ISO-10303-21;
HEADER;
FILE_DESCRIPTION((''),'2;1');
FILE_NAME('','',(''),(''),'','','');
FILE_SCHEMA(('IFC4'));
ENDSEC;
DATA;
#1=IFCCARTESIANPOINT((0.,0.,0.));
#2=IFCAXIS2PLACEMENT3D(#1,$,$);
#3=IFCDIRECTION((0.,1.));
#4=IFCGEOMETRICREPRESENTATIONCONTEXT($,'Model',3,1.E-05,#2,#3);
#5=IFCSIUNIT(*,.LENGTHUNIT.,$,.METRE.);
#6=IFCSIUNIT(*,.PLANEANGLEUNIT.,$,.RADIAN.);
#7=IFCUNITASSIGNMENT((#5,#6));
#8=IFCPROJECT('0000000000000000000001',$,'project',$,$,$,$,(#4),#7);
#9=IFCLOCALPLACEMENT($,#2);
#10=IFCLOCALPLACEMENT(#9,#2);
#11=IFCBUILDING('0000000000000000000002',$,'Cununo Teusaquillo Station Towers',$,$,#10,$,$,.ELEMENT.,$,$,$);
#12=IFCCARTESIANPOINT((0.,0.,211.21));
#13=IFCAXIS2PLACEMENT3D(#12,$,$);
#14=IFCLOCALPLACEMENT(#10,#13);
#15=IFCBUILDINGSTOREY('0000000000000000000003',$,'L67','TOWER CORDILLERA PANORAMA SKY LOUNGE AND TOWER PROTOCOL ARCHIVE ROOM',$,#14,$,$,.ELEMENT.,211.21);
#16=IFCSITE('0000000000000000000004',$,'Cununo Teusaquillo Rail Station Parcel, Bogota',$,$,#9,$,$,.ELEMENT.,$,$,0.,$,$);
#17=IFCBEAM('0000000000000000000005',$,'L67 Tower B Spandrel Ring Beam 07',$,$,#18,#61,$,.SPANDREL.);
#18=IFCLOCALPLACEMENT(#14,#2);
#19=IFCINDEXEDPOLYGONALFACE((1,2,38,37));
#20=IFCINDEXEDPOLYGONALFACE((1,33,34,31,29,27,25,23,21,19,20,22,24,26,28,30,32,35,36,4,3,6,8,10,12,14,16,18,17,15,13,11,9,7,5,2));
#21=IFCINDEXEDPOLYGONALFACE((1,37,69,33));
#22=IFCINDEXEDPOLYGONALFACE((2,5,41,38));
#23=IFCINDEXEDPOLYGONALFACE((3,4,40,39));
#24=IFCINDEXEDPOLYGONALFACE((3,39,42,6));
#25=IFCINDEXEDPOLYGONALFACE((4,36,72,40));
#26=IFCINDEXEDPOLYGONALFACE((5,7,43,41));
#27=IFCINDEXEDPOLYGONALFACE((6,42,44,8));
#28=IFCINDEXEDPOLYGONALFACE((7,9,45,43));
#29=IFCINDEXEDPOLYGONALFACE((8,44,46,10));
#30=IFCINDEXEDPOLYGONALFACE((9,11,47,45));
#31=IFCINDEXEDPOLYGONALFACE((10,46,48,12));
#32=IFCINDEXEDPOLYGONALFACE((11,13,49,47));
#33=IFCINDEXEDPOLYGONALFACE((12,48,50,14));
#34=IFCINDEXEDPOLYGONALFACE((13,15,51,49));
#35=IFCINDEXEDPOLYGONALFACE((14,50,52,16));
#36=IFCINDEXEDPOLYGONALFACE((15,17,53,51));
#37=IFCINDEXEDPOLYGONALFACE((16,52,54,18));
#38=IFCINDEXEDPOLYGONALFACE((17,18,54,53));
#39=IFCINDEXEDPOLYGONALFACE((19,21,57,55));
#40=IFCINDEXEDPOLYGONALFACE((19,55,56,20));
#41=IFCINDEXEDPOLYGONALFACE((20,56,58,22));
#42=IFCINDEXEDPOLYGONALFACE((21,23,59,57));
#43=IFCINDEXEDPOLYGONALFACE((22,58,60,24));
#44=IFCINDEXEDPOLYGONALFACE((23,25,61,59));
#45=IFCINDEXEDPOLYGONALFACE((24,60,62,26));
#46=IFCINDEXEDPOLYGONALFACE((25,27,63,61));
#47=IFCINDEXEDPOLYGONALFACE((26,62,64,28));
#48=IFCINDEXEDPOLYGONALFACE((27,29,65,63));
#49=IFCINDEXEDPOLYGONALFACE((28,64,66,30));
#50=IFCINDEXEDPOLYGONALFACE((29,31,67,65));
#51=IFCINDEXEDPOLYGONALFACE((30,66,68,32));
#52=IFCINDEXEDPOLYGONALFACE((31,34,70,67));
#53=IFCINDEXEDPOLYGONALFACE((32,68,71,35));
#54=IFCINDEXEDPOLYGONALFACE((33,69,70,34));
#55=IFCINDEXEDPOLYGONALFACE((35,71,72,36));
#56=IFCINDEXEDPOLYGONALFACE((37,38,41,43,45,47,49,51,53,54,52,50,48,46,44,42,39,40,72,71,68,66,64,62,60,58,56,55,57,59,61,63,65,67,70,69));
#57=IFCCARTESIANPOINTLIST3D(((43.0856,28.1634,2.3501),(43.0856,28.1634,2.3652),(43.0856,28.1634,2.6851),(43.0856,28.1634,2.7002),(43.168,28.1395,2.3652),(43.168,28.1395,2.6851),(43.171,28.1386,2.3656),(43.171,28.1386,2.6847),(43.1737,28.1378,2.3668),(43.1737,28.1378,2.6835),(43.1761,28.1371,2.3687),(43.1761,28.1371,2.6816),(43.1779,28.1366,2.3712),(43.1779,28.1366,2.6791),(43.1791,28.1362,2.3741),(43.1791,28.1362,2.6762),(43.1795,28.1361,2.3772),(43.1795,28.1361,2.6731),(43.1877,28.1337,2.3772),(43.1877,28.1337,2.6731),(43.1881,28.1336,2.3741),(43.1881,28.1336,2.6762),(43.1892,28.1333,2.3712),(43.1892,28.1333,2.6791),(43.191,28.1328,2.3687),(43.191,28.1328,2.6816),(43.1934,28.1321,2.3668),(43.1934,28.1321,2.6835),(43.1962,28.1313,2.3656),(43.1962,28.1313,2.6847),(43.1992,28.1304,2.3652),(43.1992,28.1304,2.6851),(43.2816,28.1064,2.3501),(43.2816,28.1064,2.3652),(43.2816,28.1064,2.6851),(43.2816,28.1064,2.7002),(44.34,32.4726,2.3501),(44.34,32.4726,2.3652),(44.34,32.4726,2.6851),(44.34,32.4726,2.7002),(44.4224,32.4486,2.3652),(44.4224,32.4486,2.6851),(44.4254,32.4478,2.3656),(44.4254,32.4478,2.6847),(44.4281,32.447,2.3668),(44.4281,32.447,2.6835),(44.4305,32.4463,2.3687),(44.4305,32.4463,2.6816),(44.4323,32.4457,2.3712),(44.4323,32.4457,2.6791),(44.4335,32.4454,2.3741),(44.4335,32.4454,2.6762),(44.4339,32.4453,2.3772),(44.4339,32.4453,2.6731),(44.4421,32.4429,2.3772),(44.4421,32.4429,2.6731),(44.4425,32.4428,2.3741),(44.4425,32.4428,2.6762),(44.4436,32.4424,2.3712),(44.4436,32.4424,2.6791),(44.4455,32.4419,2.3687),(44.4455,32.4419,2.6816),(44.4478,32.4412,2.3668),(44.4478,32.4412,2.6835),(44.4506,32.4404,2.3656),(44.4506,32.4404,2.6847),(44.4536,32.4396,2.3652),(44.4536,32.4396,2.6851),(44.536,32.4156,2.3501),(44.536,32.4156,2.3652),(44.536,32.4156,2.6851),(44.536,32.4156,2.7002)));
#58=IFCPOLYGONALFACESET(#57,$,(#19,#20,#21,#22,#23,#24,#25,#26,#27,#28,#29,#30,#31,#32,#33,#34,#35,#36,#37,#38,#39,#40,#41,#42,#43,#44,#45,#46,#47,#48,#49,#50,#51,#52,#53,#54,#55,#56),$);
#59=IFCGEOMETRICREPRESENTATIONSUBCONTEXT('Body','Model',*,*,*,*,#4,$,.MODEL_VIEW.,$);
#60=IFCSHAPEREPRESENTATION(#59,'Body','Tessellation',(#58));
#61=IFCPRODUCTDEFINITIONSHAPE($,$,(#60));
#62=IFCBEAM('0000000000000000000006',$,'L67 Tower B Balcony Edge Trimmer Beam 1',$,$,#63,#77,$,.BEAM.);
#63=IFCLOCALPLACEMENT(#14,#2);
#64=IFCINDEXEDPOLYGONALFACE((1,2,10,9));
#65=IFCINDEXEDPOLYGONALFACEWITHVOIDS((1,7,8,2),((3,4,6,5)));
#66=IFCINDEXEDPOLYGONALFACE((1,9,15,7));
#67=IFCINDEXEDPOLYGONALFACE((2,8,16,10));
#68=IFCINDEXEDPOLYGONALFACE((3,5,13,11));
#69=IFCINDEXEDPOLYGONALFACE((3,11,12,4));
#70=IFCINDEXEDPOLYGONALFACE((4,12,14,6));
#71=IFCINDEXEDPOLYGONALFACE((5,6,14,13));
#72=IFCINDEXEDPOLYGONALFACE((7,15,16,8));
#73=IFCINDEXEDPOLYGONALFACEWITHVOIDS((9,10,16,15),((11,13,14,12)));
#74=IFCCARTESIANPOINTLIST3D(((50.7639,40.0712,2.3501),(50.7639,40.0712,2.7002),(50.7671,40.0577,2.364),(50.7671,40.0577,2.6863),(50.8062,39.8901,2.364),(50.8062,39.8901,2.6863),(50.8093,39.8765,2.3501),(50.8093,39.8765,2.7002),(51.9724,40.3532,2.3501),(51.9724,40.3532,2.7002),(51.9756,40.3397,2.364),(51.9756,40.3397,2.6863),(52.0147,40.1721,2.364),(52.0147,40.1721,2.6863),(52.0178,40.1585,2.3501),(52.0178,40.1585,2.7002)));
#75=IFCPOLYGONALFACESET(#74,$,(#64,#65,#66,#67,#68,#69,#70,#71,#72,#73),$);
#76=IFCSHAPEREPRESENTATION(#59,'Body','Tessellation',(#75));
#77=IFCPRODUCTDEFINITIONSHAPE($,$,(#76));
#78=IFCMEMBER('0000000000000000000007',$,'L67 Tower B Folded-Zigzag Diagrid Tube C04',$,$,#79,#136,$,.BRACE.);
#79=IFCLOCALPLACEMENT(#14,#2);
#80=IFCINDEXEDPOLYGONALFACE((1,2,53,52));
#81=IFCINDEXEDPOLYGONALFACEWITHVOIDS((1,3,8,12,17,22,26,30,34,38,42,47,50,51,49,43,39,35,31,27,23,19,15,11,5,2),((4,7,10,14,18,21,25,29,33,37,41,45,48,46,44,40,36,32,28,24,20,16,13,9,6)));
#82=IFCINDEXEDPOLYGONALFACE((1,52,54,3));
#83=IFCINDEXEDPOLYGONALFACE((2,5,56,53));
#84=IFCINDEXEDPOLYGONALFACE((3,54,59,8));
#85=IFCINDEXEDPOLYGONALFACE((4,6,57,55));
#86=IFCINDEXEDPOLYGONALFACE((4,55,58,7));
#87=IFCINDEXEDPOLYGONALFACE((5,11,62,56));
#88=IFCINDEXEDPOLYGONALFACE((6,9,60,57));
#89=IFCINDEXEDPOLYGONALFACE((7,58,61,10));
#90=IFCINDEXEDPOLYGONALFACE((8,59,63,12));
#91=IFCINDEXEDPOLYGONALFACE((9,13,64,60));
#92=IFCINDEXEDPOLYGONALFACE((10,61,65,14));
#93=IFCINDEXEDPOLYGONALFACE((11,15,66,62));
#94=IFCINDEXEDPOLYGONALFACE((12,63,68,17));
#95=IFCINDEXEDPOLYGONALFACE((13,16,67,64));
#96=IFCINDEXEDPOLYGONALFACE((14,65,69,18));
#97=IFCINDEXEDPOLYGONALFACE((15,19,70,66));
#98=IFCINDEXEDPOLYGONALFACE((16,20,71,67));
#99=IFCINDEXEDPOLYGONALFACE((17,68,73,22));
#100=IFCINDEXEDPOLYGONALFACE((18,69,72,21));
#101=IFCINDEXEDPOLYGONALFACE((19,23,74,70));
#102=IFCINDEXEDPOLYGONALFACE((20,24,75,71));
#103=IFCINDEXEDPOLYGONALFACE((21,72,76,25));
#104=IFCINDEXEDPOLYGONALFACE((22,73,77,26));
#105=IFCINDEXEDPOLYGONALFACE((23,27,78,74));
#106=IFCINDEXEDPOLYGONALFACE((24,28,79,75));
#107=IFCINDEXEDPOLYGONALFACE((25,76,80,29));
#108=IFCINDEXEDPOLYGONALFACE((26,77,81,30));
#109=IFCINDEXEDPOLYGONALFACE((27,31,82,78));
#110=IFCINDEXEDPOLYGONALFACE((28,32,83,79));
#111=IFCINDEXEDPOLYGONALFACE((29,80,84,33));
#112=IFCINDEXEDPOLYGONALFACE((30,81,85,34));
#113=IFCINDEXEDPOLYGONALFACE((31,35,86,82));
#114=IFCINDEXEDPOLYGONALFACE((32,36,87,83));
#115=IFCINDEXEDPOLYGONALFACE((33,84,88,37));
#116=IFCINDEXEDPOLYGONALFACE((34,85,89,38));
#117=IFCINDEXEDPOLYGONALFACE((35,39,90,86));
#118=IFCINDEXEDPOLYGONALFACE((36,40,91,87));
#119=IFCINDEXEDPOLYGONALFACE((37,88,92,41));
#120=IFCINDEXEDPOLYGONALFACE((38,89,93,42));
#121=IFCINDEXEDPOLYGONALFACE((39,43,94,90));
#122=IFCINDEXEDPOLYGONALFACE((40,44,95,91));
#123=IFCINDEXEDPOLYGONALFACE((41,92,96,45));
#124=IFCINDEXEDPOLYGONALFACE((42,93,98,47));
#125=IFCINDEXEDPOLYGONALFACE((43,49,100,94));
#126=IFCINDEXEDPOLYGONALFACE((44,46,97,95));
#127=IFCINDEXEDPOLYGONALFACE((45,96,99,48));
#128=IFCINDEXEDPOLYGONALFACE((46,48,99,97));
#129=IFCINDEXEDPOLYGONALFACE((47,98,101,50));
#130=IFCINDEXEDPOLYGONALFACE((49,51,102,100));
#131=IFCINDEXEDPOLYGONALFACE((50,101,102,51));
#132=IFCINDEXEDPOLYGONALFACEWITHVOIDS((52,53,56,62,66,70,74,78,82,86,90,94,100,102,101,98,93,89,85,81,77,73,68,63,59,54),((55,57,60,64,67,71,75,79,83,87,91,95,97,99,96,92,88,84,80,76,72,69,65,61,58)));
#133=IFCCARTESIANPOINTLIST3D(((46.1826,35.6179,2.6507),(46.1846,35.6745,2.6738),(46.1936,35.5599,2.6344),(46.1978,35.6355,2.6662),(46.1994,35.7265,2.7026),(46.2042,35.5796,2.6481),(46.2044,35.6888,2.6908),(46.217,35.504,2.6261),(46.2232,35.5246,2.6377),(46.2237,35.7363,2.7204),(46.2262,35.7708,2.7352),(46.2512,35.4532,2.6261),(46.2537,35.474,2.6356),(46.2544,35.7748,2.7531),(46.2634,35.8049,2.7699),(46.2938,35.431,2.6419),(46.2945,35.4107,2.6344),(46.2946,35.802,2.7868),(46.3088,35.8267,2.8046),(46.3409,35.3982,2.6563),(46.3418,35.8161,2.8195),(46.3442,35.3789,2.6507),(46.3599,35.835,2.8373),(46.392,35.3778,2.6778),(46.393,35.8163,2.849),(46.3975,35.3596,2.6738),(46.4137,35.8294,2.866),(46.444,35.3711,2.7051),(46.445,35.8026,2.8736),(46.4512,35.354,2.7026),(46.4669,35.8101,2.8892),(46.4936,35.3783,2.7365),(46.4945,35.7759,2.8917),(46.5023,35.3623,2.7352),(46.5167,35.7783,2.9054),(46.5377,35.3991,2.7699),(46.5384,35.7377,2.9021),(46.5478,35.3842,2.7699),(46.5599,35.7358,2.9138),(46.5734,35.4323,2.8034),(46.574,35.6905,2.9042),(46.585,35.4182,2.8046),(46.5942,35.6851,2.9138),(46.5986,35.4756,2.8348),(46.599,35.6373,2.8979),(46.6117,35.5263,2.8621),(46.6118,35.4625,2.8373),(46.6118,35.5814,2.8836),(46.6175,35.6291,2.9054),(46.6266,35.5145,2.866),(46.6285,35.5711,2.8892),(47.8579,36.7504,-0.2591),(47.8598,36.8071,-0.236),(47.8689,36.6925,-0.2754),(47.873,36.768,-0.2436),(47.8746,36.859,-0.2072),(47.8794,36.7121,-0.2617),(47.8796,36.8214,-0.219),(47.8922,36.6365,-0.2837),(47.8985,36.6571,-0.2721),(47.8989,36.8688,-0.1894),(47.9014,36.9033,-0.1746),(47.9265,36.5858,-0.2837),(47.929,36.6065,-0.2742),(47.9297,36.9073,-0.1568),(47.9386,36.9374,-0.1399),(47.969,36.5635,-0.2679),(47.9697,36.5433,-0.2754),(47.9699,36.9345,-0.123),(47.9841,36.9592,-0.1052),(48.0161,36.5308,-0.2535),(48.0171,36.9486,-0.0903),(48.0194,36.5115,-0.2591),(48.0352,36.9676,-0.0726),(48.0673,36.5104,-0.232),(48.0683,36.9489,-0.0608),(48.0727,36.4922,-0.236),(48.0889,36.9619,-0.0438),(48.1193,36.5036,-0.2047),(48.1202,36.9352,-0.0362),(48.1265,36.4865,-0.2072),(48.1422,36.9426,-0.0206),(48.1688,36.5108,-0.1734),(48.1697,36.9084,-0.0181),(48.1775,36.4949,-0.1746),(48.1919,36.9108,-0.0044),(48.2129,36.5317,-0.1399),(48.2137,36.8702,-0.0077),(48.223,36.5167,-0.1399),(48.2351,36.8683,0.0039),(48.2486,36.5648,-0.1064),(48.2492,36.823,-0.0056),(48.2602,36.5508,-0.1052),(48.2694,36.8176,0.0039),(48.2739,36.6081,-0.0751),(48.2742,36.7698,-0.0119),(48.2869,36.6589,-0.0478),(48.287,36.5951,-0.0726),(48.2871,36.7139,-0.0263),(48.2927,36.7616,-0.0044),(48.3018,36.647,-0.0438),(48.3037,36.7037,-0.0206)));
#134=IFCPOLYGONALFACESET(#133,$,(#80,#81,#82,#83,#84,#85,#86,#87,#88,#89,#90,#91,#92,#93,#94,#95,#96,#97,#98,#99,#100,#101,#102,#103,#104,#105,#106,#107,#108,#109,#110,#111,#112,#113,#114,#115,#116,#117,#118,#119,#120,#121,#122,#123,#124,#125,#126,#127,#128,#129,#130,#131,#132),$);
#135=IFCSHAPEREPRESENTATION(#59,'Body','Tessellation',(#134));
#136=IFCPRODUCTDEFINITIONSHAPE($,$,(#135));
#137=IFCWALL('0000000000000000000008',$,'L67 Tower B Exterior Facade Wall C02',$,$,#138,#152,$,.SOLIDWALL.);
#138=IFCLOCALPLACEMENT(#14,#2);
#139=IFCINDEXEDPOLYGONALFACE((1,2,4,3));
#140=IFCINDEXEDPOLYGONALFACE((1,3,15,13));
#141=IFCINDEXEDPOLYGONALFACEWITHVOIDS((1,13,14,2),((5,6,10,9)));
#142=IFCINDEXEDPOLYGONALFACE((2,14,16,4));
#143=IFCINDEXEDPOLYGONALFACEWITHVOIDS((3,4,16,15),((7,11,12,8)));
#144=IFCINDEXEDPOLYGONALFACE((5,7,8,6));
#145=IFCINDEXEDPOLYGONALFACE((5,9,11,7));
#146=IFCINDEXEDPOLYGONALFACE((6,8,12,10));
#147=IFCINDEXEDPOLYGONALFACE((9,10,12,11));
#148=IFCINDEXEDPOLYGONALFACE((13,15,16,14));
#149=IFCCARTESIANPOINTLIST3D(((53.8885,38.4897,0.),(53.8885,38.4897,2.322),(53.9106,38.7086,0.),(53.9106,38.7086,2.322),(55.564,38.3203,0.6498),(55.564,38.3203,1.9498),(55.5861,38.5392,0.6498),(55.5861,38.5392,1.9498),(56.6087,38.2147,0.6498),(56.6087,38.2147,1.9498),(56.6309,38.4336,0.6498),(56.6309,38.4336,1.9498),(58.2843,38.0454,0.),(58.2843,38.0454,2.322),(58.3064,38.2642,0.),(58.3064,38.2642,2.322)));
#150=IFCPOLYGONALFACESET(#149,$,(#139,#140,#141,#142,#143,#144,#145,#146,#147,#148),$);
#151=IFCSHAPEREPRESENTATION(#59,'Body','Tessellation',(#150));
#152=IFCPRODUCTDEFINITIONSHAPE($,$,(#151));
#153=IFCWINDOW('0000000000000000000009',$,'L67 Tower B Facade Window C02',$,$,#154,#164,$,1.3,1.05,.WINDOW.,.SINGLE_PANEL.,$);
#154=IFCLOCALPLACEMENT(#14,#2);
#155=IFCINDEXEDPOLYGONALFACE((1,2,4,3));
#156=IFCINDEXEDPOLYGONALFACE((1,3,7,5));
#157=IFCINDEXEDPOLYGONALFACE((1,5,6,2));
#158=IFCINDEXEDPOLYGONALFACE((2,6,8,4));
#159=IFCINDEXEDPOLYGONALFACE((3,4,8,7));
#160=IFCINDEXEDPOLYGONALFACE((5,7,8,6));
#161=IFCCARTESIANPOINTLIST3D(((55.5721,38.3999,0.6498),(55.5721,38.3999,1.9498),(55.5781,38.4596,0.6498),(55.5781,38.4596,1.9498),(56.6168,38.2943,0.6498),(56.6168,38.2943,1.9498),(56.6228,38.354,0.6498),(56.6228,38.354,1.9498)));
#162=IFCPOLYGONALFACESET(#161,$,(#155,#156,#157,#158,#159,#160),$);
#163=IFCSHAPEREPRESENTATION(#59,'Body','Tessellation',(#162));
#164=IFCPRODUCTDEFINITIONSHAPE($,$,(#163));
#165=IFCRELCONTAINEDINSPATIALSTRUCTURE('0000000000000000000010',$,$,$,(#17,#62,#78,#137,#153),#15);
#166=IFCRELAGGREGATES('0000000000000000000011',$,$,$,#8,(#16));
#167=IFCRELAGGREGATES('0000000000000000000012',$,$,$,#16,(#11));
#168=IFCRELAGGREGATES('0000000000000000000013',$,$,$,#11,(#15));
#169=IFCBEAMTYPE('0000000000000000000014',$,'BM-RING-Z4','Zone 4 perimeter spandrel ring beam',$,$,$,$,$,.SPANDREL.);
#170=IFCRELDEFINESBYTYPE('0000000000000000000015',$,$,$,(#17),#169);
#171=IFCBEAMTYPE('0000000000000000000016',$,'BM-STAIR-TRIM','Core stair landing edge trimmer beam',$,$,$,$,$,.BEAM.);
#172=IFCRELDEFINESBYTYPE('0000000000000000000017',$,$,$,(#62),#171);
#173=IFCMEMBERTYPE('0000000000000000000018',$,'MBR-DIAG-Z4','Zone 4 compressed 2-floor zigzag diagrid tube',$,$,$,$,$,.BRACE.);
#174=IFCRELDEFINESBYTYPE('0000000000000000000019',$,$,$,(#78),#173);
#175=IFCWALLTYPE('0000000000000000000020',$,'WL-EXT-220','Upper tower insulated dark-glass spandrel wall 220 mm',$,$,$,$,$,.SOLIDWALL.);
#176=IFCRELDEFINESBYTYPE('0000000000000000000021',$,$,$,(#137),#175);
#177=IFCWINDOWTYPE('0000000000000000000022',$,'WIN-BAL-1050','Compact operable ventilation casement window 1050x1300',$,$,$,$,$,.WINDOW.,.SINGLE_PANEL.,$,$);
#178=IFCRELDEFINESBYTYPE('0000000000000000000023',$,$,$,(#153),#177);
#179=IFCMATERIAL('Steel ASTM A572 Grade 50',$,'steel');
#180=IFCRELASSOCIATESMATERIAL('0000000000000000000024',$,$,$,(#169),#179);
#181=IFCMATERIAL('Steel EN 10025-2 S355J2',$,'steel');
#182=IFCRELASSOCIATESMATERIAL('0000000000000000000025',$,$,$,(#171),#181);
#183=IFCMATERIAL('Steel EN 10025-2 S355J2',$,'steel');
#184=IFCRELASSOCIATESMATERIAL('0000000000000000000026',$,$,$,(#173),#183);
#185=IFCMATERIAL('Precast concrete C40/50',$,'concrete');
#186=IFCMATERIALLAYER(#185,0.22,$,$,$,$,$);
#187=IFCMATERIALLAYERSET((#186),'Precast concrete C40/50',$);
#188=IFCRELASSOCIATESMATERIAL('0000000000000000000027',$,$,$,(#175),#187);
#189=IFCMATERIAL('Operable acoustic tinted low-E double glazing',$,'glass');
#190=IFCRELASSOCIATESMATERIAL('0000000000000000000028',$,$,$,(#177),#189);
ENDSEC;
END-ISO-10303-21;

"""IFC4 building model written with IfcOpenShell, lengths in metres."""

from ifc_helpers import new_model, si_unit, direction, frame, frame_2d, origin, origin_2d, place, context, subcontext, project, spatial, rectangle, hollow_rectangle, hollow_circle, i_section, extrude, source, transform, mapped, material, layer, layer_set, material_profile, profile_set, type_object, element, fill, save


model = new_model("IFC4")

# Units and contexts
model_context = context("Model", 3, precision=1e-05, world=origin(), true_north=direction((0.0, 1.0)))
body_context = subcontext(model_context, "Body", "Model", "MODEL_VIEW")
ifc_project = project(units=[si_unit("LENGTHUNIT", "METRE"), si_unit("PLANEANGLEUNIT", "RADIAN")], contexts=[model_context])

# Site, building, storey
site_placement = place(None, origin())
site = spatial("IfcSite", under=ifc_project, at=site_placement, Name="Cununo Teusaquillo Rail Station Parcel, Bogota", CompositionType="ELEMENT", RefElevation=0.0)
building_placement = place(site_placement, origin())
building = spatial("IfcBuilding", under=site, at=building_placement, Name="Cununo Teusaquillo Station Towers", CompositionType="ELEMENT")
storey_placement = place(building_placement, frame((0.0, 0.0, 211.21)))
storey = spatial("IfcBuildingStorey", under=building, at=storey_placement, Name="L67", Description="TOWER CORDILLERA PANORAMA SKY LOUNGE AND TOWER PROTOCOL ARCHIVE ROOM", CompositionType="ELEMENT", Elevation=211.21)

# Beams
ifc_material_1 = material(Name="Steel ASTM A572 Grade 50", Category="steel")
ifc_material_profile_1 = material_profile(ifc_material_1, i_section(OverallWidth=0.2041, OverallDepth=0.3501, WebThickness=0.0085, FlangeThickness=0.0151, FilletRadius=0.012, at=origin_2d()), Name="W14X48")
ifc_profile_set_1 = profile_set([ifc_material_profile_1], Name="Steel ASTM A572 Grade 50")
beam_type_1 = type_object("IfcBeamType", Name="BM-RING-Z4", Description="Zone 4 perimeter spandrel ring beam", PredefinedType="SPANDREL", material=ifc_profile_set_1)
beam_1_placement = place(storey_placement, frame((44.438, 32.4441, 2.5251), z_axis=(-0.279503, -0.960145, 0.0), x_axis=(0.960145, -0.279503, 0.0)))
element("IfcBeam", 1, at=beam_1_placement, inside=storey, type_object=beam_type_1, Name="L67 Tower B Spandrel Ring Beam 07", PredefinedType="SPANDREL", context=body_context, shape_type="SweptSolid", body=[
    extrude(i_section(OverallWidth=0.2041, OverallDepth=0.3501, WebThickness=0.0085, FlangeThickness=0.0151, FilletRadius=0.012, at=origin_2d()), origin(), (0.0, 0.0, 1.0), 4.488),
])
ifc_material_2 = material(Name="Steel EN 10025-2 S355J2", Category="steel")
ifc_material_profile_2 = material_profile(ifc_material_2, hollow_rectangle(XDim=0.2, YDim=0.3501, WallThickness=0.0139, at=origin_2d()), Name="RHS 350x200x14")
ifc_profile_set_2 = profile_set([ifc_material_profile_2], Name="Steel EN 10025-2 S355J2")
beam_type_2 = type_object("IfcBeamType", Name="BM-STAIR-TRIM", Description="Core stair landing edge trimmer beam", PredefinedType="BEAM", material=ifc_profile_set_2)
beam_2_placement = place(storey_placement, frame((51.9951, 40.2559, 2.5251), z_axis=(-0.973841, -0.22723, 0.0), x_axis=(0.22723, -0.973841, 0.0)))
element("IfcBeam", 2, at=beam_2_placement, inside=storey, type_object=beam_type_2, Name="L67 Tower B Balcony Edge Trimmer Beam 1", PredefinedType="BEAM", context=body_context, shape_type="SweptSolid", body=[
    extrude(hollow_rectangle(XDim=0.2, YDim=0.3501, WallThickness=0.0139, at=origin_2d()), origin(), (0.0, 0.0, 1.0), 1.241),
])

# Member
ifc_material_3 = material(Name="Steel EN 10025-2 S355J2", Category="steel")
ifc_material_profile_3 = material_profile(ifc_material_3, hollow_circle(Radius=0.2539, WallThickness=0.0181, at=origin_2d()), Name="CHS 508x18")
ifc_profile_set_3 = profile_set([ifc_material_profile_3], Name="Steel EN 10025-2 S355J2")
member_type = type_object("IfcMemberType", Name="MBR-DIAG-Z4", Description="Zone 4 compressed 2-floor zigzag diagrid tube", PredefinedType="BRACE", material=ifc_profile_set_3)
member_placement = place(storey_placement, frame((48.0808, 36.7271, -0.1399), z_axis=(-0.472769, -0.319612, 0.82118), x_axis=(0.560066, -0.828448, 0.0)))
element("IfcMember", 3, at=member_placement, inside=storey, type_object=member_type, Name="L67 Tower B Folded-Zigzag Diagrid Tube C04", PredefinedType="BRACE", context=body_context, shape_type="SweptSolid", body=[
    extrude(hollow_circle(Radius=0.2539, WallThickness=0.0181, at=origin_2d()), origin(), (0.0, 0.0, 1.0), 3.5435),
])

# Wall, opening, window
ifc_material_4 = material(Name="Precast concrete C40/50", Category="concrete")
ifc_layer_1 = layer(ifc_material_4, 0.22)
ifc_layer_set_1 = layer_set([ifc_layer_1], Name="Precast concrete C40/50")
wall_type_1 = type_object("IfcWallType", Name="WL-EXT-220", Description="Upper tower insulated dark-glass spandrel wall 220 mm", PredefinedType="SOLIDWALL", material=ifc_layer_set_1)
wall_1_placement = place(storey_placement, frame((53.8997, 38.5991, 0.0), z_axis=(0.0, 0.0, 1.0), x_axis=(0.99493, -0.100571, 0.0)))
wall_1 = element("IfcWall", 4, at=wall_1_placement, inside=storey, type_object=wall_type_1, Name="L67 Tower B Exterior Facade Wall C02", PredefinedType="SOLIDWALL", context=body_context, shape_type="SweptSolid", body=[
    extrude(rectangle(XDim=4.4182, YDim=0.22, at=frame_2d((2.209, 0.0))), origin(), (0.0, 0.0, 1.0), 2.322),
])
shared_shape_1 = source(origin(), body_context, "Body", "SweptSolid", [
    extrude(rectangle(XDim=1.05, YDim=1.3, at=frame_2d((0.5249, 0.6499))), frame((0.0, 0.1199, 0.0), z_axis=(0.0, -1.0, 0.0), x_axis=(1.0, 0.0, 0.0)), (0.0, 0.0, 1.0), 0.24),
])
opening_1_placement = place(wall_1_placement, frame((1.6841, 0.0, 0.6499)))
opening_1 = element("IfcOpeningElement", 5, at=opening_1_placement, cuts=wall_1, PredefinedType="OPENING", context=body_context, shape_type="MappedRepresentation", body=[
    mapped(shared_shape_1, transform((0.0, 0.0, 0.0), x_axis=(1.0, 0.0, 0.0), y_axis=(0.0, 1.0, 0.0), z_axis=(0.0, 0.0, 1.0), scale=1.0)),
])
ifc_material_5 = material(Name="Operable acoustic tinted low-E double glazing", Category="glass")
window_type = type_object("IfcWindowType", Name="WIN-BAL-1050", Description="Compact operable ventilation casement window 1050x1300", PartitioningType="SINGLE_PANEL", PredefinedType="WINDOW", material=ifc_material_5)
shared_shape_2 = source(origin(), body_context, "Body", "SweptSolid", [
    extrude(rectangle(XDim=1.05, YDim=1.3, at=frame_2d((0.5249, 0.6499))), frame((0.0, 0.03, 0.0), z_axis=(0.0, -1.0, 0.0), x_axis=(1.0, 0.0, 0.0)), (0.0, 0.0, 1.0), 0.0601),
])
window_1_placement = place(opening_1_placement, origin())
window_1 = element("IfcWindow", 6, at=window_1_placement, inside=storey, type_object=window_type, Name="L67 Tower B Facade Window C02", OverallHeight=1.3, OverallWidth=1.05, PartitioningType="SINGLE_PANEL", PredefinedType="WINDOW", context=body_context, shape_type="MappedRepresentation", body=[
    mapped(shared_shape_2, transform((0.0, 0.0, 0.0), x_axis=(1.0, 0.0, 0.0), y_axis=(0.0, 1.0, 0.0), z_axis=(0.0, 0.0, 1.0), scale=1.0)),
])
fill(opening_1, window_1)

save(model, "model.ifc")
